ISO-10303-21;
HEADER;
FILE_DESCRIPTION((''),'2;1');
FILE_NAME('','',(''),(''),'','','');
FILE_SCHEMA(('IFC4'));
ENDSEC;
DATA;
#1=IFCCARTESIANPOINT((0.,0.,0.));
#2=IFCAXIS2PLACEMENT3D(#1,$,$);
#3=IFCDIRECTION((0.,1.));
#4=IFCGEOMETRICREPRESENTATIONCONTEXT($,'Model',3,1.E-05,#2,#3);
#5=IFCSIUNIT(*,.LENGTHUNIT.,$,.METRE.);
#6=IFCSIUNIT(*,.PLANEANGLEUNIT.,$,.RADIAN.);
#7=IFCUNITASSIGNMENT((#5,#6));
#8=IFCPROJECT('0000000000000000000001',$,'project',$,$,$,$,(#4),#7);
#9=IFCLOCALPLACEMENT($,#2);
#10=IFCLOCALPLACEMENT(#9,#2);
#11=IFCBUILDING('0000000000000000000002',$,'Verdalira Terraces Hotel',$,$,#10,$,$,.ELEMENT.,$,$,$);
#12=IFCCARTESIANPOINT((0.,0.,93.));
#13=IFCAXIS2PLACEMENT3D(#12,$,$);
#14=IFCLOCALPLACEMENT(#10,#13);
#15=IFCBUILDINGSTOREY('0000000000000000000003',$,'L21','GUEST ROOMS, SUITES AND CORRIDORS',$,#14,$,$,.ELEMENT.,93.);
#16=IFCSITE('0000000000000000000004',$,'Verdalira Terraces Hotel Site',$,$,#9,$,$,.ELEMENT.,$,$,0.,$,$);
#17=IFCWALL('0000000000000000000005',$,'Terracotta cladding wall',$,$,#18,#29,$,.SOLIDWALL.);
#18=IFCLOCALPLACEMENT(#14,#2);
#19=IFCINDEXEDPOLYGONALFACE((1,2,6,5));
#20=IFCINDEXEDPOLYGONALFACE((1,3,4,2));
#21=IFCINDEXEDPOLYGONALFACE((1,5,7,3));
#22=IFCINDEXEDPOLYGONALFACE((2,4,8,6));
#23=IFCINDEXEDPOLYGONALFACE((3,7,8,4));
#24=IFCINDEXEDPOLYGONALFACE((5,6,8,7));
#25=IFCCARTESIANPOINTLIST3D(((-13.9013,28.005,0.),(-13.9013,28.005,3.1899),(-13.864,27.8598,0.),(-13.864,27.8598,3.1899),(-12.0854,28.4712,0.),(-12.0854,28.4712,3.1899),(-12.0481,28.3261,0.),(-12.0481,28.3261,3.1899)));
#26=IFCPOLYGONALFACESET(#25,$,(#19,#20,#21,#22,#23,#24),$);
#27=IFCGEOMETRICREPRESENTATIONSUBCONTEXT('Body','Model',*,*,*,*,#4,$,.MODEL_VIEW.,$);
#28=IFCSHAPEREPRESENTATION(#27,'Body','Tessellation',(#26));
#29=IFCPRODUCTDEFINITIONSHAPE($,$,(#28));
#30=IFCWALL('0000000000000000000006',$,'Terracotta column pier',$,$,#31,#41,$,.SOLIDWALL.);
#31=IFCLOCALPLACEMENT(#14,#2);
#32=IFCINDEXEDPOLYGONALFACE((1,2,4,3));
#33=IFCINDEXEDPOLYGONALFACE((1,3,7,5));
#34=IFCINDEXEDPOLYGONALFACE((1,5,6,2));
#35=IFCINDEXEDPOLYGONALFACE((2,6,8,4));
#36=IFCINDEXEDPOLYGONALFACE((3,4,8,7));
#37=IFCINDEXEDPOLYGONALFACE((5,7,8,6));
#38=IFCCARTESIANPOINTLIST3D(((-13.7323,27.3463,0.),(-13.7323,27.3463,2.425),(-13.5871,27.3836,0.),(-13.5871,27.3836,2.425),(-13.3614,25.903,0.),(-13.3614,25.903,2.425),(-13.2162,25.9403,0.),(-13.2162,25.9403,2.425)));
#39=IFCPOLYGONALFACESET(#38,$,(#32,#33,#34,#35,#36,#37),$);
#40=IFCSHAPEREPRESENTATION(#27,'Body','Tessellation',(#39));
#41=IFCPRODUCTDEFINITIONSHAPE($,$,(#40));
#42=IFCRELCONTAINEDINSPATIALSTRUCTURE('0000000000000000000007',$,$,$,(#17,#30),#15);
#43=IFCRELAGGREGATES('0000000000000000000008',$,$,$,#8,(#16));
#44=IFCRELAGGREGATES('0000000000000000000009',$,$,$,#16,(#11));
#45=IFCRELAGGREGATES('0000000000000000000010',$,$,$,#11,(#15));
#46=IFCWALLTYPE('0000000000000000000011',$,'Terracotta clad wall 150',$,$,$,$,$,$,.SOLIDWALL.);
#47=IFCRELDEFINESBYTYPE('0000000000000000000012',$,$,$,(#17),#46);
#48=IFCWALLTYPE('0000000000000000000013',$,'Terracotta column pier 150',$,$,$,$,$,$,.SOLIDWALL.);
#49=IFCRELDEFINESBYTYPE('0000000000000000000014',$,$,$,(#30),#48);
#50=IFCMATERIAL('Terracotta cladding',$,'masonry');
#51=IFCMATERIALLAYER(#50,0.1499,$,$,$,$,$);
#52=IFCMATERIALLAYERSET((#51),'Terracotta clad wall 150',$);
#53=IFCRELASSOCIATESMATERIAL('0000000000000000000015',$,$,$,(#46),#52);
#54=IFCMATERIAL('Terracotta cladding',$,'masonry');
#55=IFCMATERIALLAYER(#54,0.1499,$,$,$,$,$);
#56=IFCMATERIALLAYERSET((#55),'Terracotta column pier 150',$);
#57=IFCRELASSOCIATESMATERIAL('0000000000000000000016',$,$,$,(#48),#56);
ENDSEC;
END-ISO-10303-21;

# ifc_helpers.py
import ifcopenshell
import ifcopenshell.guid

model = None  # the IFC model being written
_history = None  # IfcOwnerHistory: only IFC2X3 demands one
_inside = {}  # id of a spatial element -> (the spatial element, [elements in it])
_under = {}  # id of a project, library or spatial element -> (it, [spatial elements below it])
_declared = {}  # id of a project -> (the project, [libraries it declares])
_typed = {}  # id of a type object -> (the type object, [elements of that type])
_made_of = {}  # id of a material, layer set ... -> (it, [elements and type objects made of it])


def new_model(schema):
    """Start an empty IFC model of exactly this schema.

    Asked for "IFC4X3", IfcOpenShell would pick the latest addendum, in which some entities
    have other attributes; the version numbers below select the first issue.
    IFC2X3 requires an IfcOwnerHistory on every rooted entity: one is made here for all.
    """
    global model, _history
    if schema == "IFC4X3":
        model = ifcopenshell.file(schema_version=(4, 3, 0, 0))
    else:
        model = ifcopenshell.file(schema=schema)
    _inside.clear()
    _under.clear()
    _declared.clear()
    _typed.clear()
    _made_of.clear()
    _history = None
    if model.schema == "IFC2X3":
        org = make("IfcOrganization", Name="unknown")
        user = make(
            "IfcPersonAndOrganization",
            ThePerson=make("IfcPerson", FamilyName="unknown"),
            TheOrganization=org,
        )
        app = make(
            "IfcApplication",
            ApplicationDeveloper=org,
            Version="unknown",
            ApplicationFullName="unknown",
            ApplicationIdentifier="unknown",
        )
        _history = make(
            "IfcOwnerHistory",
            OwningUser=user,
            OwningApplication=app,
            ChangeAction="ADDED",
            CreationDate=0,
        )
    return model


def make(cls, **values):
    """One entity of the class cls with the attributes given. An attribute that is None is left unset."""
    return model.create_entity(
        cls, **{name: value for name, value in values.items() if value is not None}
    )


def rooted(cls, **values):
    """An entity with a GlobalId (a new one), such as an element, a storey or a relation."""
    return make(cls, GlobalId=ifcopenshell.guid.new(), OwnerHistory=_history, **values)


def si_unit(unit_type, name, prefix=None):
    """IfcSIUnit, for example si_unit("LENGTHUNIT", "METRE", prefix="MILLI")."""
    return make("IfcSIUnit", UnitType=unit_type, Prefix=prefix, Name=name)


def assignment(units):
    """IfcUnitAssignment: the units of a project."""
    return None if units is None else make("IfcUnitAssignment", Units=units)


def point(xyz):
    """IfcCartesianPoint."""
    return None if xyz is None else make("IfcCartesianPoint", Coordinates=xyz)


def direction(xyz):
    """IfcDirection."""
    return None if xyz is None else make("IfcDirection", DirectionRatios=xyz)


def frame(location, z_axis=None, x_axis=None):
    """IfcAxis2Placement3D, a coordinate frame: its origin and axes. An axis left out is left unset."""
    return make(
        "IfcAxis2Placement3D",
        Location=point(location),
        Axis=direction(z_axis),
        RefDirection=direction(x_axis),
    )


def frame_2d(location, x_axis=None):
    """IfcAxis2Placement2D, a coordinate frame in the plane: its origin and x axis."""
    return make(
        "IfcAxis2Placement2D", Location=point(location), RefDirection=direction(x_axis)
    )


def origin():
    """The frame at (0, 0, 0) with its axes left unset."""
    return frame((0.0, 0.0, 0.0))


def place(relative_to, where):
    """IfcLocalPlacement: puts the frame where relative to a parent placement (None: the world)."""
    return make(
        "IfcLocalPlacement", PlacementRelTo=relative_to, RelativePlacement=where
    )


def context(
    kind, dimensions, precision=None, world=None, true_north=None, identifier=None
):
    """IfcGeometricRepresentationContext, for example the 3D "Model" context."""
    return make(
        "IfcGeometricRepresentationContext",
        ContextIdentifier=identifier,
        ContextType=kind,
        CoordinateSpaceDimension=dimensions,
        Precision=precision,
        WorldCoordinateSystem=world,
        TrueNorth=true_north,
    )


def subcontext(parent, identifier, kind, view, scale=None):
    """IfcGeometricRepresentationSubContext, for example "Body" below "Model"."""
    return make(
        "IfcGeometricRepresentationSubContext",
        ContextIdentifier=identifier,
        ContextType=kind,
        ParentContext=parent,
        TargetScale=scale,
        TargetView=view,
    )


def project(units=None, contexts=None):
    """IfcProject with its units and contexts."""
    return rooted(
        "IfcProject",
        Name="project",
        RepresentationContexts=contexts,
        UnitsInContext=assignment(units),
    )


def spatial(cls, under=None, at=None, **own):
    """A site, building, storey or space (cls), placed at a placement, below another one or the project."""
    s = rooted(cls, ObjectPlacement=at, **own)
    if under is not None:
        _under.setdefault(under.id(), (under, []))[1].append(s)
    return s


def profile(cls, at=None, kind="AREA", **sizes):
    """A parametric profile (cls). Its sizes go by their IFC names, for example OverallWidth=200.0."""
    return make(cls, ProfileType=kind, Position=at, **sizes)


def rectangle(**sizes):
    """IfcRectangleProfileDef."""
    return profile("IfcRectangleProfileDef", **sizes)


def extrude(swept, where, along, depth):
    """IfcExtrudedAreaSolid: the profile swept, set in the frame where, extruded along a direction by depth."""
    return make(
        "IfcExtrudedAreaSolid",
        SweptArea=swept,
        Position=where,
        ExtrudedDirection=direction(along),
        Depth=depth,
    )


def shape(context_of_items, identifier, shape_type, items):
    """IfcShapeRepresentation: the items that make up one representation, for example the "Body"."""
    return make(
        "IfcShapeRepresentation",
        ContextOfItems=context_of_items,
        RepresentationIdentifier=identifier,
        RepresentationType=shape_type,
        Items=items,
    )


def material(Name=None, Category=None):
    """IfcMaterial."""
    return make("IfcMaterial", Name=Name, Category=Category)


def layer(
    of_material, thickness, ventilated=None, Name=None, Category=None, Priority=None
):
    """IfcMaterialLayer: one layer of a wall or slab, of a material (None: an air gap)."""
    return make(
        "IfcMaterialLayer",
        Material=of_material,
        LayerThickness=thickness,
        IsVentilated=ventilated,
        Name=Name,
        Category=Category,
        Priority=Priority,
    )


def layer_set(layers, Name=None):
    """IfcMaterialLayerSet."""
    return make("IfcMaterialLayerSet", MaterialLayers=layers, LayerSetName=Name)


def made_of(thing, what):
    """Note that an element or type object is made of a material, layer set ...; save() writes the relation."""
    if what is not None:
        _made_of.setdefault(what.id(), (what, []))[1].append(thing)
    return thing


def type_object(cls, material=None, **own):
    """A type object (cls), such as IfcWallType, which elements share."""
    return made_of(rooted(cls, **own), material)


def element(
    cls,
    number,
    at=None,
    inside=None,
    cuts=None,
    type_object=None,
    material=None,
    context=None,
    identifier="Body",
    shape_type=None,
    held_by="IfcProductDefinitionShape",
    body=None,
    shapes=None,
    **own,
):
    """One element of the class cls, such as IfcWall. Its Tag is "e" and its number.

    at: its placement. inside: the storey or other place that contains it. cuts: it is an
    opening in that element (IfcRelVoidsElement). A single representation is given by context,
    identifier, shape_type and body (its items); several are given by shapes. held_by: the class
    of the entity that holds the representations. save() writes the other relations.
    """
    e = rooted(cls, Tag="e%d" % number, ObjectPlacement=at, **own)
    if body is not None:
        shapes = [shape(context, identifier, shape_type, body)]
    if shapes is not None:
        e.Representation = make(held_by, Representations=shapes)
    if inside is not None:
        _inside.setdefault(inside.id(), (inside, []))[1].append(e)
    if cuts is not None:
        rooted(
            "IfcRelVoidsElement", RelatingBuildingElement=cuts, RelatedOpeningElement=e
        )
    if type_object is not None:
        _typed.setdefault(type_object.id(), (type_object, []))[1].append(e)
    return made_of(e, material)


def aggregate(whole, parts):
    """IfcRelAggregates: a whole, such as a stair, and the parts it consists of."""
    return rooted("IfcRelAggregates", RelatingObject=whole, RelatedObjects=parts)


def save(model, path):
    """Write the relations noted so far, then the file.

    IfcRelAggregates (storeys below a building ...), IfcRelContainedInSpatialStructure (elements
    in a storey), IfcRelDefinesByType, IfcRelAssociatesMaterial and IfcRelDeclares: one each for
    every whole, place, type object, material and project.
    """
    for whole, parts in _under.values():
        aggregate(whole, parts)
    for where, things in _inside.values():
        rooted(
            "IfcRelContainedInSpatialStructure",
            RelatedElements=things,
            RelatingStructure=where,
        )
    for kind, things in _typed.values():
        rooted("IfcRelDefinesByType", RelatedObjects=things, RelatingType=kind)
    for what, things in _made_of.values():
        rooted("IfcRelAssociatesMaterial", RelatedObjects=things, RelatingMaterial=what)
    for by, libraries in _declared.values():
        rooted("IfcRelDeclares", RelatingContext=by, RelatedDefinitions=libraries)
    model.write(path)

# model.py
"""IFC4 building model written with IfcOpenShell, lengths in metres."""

from ifc_helpers import new_model, si_unit, direction, frame, frame_2d, origin, place, context, subcontext, project, spatial, rectangle, extrude, material, layer, layer_set, type_object, element, save


model = new_model("IFC4")

# Units and contexts
model_context = context("Model", 3, precision=1e-05, world=origin(), true_north=direction((0.0, 1.0)))
body_context = subcontext(model_context, "Body", "Model", "MODEL_VIEW")
ifc_project = project(units=[si_unit("LENGTHUNIT", "METRE"), si_unit("PLANEANGLEUNIT", "RADIAN")], contexts=[model_context])

# Site, building, storey
site_placement = place(None, origin())
site = spatial("IfcSite", under=ifc_project, at=site_placement, Name="Verdalira Terraces Hotel Site", CompositionType="ELEMENT", RefElevation=0.0)
building_placement = place(site_placement, origin())
building = spatial("IfcBuilding", under=site, at=building_placement, Name="Verdalira Terraces Hotel", CompositionType="ELEMENT")
storey_placement = place(building_placement, frame((0.0, 0.0, 93.0)))
storey = spatial("IfcBuildingStorey", under=building, at=storey_placement, Name="L21", Description="GUEST ROOMS, SUITES AND CORRIDORS", CompositionType="ELEMENT", Elevation=93.0)

# Walls
ifc_material_1 = material(Name="Terracotta cladding", Category="masonry")
ifc_layer_1 = layer(ifc_material_1, 0.1499)
ifc_layer_set_1 = layer_set([ifc_layer_1], Name="Terracotta clad wall 150")
wall_type_1 = type_object("IfcWallType", Name="Terracotta clad wall 150", PredefinedType="SOLIDWALL", material=ifc_layer_set_1)
wall_1_placement = place(storey_placement, frame((-12.0666, 28.3987, 0.0), z_axis=(0.0, 0.0, 1.0), x_axis=(-0.968575, -0.24872, 0.0)))
element("IfcWall", 1, at=wall_1_placement, inside=storey, type_object=wall_type_1, Name="Terracotta cladding wall", PredefinedType="SOLIDWALL", context=body_context, shape_type="SweptSolid", body=[
    extrude(rectangle(XDim=1.8748, YDim=0.1499, at=frame_2d((0.9375, 0.0))), origin(), (0.0, 0.0, 1.0), 3.1899),
])
ifc_material_2 = material(Name="Terracotta cladding", Category="masonry")
ifc_layer_2 = layer(ifc_material_2, 0.1499)
ifc_layer_set_2 = layer_set([ifc_layer_2], Name="Terracotta column pier 150")
wall_type_2 = type_object("IfcWallType", Name="Terracotta column pier 150", PredefinedType="SOLIDWALL", material=ifc_layer_set_2)
wall_2_placement = place(storey_placement, frame((-13.6597, 27.365, 0.0), z_axis=(0.0, 0.0, 1.0), x_axis=(0.248852, -0.968541, 0.0)))
element("IfcWall", 2, at=wall_2_placement, inside=storey, type_object=wall_type_2, Name="Terracotta column pier", PredefinedType="SOLIDWALL", context=body_context, shape_type="SweptSolid", body=[
    extrude(rectangle(XDim=1.4902, YDim=0.1499, at=frame_2d((0.7451, 0.0))), origin(), (0.0, 0.0, 1.0), 2.425),
])

save(model, "model.ifc")
